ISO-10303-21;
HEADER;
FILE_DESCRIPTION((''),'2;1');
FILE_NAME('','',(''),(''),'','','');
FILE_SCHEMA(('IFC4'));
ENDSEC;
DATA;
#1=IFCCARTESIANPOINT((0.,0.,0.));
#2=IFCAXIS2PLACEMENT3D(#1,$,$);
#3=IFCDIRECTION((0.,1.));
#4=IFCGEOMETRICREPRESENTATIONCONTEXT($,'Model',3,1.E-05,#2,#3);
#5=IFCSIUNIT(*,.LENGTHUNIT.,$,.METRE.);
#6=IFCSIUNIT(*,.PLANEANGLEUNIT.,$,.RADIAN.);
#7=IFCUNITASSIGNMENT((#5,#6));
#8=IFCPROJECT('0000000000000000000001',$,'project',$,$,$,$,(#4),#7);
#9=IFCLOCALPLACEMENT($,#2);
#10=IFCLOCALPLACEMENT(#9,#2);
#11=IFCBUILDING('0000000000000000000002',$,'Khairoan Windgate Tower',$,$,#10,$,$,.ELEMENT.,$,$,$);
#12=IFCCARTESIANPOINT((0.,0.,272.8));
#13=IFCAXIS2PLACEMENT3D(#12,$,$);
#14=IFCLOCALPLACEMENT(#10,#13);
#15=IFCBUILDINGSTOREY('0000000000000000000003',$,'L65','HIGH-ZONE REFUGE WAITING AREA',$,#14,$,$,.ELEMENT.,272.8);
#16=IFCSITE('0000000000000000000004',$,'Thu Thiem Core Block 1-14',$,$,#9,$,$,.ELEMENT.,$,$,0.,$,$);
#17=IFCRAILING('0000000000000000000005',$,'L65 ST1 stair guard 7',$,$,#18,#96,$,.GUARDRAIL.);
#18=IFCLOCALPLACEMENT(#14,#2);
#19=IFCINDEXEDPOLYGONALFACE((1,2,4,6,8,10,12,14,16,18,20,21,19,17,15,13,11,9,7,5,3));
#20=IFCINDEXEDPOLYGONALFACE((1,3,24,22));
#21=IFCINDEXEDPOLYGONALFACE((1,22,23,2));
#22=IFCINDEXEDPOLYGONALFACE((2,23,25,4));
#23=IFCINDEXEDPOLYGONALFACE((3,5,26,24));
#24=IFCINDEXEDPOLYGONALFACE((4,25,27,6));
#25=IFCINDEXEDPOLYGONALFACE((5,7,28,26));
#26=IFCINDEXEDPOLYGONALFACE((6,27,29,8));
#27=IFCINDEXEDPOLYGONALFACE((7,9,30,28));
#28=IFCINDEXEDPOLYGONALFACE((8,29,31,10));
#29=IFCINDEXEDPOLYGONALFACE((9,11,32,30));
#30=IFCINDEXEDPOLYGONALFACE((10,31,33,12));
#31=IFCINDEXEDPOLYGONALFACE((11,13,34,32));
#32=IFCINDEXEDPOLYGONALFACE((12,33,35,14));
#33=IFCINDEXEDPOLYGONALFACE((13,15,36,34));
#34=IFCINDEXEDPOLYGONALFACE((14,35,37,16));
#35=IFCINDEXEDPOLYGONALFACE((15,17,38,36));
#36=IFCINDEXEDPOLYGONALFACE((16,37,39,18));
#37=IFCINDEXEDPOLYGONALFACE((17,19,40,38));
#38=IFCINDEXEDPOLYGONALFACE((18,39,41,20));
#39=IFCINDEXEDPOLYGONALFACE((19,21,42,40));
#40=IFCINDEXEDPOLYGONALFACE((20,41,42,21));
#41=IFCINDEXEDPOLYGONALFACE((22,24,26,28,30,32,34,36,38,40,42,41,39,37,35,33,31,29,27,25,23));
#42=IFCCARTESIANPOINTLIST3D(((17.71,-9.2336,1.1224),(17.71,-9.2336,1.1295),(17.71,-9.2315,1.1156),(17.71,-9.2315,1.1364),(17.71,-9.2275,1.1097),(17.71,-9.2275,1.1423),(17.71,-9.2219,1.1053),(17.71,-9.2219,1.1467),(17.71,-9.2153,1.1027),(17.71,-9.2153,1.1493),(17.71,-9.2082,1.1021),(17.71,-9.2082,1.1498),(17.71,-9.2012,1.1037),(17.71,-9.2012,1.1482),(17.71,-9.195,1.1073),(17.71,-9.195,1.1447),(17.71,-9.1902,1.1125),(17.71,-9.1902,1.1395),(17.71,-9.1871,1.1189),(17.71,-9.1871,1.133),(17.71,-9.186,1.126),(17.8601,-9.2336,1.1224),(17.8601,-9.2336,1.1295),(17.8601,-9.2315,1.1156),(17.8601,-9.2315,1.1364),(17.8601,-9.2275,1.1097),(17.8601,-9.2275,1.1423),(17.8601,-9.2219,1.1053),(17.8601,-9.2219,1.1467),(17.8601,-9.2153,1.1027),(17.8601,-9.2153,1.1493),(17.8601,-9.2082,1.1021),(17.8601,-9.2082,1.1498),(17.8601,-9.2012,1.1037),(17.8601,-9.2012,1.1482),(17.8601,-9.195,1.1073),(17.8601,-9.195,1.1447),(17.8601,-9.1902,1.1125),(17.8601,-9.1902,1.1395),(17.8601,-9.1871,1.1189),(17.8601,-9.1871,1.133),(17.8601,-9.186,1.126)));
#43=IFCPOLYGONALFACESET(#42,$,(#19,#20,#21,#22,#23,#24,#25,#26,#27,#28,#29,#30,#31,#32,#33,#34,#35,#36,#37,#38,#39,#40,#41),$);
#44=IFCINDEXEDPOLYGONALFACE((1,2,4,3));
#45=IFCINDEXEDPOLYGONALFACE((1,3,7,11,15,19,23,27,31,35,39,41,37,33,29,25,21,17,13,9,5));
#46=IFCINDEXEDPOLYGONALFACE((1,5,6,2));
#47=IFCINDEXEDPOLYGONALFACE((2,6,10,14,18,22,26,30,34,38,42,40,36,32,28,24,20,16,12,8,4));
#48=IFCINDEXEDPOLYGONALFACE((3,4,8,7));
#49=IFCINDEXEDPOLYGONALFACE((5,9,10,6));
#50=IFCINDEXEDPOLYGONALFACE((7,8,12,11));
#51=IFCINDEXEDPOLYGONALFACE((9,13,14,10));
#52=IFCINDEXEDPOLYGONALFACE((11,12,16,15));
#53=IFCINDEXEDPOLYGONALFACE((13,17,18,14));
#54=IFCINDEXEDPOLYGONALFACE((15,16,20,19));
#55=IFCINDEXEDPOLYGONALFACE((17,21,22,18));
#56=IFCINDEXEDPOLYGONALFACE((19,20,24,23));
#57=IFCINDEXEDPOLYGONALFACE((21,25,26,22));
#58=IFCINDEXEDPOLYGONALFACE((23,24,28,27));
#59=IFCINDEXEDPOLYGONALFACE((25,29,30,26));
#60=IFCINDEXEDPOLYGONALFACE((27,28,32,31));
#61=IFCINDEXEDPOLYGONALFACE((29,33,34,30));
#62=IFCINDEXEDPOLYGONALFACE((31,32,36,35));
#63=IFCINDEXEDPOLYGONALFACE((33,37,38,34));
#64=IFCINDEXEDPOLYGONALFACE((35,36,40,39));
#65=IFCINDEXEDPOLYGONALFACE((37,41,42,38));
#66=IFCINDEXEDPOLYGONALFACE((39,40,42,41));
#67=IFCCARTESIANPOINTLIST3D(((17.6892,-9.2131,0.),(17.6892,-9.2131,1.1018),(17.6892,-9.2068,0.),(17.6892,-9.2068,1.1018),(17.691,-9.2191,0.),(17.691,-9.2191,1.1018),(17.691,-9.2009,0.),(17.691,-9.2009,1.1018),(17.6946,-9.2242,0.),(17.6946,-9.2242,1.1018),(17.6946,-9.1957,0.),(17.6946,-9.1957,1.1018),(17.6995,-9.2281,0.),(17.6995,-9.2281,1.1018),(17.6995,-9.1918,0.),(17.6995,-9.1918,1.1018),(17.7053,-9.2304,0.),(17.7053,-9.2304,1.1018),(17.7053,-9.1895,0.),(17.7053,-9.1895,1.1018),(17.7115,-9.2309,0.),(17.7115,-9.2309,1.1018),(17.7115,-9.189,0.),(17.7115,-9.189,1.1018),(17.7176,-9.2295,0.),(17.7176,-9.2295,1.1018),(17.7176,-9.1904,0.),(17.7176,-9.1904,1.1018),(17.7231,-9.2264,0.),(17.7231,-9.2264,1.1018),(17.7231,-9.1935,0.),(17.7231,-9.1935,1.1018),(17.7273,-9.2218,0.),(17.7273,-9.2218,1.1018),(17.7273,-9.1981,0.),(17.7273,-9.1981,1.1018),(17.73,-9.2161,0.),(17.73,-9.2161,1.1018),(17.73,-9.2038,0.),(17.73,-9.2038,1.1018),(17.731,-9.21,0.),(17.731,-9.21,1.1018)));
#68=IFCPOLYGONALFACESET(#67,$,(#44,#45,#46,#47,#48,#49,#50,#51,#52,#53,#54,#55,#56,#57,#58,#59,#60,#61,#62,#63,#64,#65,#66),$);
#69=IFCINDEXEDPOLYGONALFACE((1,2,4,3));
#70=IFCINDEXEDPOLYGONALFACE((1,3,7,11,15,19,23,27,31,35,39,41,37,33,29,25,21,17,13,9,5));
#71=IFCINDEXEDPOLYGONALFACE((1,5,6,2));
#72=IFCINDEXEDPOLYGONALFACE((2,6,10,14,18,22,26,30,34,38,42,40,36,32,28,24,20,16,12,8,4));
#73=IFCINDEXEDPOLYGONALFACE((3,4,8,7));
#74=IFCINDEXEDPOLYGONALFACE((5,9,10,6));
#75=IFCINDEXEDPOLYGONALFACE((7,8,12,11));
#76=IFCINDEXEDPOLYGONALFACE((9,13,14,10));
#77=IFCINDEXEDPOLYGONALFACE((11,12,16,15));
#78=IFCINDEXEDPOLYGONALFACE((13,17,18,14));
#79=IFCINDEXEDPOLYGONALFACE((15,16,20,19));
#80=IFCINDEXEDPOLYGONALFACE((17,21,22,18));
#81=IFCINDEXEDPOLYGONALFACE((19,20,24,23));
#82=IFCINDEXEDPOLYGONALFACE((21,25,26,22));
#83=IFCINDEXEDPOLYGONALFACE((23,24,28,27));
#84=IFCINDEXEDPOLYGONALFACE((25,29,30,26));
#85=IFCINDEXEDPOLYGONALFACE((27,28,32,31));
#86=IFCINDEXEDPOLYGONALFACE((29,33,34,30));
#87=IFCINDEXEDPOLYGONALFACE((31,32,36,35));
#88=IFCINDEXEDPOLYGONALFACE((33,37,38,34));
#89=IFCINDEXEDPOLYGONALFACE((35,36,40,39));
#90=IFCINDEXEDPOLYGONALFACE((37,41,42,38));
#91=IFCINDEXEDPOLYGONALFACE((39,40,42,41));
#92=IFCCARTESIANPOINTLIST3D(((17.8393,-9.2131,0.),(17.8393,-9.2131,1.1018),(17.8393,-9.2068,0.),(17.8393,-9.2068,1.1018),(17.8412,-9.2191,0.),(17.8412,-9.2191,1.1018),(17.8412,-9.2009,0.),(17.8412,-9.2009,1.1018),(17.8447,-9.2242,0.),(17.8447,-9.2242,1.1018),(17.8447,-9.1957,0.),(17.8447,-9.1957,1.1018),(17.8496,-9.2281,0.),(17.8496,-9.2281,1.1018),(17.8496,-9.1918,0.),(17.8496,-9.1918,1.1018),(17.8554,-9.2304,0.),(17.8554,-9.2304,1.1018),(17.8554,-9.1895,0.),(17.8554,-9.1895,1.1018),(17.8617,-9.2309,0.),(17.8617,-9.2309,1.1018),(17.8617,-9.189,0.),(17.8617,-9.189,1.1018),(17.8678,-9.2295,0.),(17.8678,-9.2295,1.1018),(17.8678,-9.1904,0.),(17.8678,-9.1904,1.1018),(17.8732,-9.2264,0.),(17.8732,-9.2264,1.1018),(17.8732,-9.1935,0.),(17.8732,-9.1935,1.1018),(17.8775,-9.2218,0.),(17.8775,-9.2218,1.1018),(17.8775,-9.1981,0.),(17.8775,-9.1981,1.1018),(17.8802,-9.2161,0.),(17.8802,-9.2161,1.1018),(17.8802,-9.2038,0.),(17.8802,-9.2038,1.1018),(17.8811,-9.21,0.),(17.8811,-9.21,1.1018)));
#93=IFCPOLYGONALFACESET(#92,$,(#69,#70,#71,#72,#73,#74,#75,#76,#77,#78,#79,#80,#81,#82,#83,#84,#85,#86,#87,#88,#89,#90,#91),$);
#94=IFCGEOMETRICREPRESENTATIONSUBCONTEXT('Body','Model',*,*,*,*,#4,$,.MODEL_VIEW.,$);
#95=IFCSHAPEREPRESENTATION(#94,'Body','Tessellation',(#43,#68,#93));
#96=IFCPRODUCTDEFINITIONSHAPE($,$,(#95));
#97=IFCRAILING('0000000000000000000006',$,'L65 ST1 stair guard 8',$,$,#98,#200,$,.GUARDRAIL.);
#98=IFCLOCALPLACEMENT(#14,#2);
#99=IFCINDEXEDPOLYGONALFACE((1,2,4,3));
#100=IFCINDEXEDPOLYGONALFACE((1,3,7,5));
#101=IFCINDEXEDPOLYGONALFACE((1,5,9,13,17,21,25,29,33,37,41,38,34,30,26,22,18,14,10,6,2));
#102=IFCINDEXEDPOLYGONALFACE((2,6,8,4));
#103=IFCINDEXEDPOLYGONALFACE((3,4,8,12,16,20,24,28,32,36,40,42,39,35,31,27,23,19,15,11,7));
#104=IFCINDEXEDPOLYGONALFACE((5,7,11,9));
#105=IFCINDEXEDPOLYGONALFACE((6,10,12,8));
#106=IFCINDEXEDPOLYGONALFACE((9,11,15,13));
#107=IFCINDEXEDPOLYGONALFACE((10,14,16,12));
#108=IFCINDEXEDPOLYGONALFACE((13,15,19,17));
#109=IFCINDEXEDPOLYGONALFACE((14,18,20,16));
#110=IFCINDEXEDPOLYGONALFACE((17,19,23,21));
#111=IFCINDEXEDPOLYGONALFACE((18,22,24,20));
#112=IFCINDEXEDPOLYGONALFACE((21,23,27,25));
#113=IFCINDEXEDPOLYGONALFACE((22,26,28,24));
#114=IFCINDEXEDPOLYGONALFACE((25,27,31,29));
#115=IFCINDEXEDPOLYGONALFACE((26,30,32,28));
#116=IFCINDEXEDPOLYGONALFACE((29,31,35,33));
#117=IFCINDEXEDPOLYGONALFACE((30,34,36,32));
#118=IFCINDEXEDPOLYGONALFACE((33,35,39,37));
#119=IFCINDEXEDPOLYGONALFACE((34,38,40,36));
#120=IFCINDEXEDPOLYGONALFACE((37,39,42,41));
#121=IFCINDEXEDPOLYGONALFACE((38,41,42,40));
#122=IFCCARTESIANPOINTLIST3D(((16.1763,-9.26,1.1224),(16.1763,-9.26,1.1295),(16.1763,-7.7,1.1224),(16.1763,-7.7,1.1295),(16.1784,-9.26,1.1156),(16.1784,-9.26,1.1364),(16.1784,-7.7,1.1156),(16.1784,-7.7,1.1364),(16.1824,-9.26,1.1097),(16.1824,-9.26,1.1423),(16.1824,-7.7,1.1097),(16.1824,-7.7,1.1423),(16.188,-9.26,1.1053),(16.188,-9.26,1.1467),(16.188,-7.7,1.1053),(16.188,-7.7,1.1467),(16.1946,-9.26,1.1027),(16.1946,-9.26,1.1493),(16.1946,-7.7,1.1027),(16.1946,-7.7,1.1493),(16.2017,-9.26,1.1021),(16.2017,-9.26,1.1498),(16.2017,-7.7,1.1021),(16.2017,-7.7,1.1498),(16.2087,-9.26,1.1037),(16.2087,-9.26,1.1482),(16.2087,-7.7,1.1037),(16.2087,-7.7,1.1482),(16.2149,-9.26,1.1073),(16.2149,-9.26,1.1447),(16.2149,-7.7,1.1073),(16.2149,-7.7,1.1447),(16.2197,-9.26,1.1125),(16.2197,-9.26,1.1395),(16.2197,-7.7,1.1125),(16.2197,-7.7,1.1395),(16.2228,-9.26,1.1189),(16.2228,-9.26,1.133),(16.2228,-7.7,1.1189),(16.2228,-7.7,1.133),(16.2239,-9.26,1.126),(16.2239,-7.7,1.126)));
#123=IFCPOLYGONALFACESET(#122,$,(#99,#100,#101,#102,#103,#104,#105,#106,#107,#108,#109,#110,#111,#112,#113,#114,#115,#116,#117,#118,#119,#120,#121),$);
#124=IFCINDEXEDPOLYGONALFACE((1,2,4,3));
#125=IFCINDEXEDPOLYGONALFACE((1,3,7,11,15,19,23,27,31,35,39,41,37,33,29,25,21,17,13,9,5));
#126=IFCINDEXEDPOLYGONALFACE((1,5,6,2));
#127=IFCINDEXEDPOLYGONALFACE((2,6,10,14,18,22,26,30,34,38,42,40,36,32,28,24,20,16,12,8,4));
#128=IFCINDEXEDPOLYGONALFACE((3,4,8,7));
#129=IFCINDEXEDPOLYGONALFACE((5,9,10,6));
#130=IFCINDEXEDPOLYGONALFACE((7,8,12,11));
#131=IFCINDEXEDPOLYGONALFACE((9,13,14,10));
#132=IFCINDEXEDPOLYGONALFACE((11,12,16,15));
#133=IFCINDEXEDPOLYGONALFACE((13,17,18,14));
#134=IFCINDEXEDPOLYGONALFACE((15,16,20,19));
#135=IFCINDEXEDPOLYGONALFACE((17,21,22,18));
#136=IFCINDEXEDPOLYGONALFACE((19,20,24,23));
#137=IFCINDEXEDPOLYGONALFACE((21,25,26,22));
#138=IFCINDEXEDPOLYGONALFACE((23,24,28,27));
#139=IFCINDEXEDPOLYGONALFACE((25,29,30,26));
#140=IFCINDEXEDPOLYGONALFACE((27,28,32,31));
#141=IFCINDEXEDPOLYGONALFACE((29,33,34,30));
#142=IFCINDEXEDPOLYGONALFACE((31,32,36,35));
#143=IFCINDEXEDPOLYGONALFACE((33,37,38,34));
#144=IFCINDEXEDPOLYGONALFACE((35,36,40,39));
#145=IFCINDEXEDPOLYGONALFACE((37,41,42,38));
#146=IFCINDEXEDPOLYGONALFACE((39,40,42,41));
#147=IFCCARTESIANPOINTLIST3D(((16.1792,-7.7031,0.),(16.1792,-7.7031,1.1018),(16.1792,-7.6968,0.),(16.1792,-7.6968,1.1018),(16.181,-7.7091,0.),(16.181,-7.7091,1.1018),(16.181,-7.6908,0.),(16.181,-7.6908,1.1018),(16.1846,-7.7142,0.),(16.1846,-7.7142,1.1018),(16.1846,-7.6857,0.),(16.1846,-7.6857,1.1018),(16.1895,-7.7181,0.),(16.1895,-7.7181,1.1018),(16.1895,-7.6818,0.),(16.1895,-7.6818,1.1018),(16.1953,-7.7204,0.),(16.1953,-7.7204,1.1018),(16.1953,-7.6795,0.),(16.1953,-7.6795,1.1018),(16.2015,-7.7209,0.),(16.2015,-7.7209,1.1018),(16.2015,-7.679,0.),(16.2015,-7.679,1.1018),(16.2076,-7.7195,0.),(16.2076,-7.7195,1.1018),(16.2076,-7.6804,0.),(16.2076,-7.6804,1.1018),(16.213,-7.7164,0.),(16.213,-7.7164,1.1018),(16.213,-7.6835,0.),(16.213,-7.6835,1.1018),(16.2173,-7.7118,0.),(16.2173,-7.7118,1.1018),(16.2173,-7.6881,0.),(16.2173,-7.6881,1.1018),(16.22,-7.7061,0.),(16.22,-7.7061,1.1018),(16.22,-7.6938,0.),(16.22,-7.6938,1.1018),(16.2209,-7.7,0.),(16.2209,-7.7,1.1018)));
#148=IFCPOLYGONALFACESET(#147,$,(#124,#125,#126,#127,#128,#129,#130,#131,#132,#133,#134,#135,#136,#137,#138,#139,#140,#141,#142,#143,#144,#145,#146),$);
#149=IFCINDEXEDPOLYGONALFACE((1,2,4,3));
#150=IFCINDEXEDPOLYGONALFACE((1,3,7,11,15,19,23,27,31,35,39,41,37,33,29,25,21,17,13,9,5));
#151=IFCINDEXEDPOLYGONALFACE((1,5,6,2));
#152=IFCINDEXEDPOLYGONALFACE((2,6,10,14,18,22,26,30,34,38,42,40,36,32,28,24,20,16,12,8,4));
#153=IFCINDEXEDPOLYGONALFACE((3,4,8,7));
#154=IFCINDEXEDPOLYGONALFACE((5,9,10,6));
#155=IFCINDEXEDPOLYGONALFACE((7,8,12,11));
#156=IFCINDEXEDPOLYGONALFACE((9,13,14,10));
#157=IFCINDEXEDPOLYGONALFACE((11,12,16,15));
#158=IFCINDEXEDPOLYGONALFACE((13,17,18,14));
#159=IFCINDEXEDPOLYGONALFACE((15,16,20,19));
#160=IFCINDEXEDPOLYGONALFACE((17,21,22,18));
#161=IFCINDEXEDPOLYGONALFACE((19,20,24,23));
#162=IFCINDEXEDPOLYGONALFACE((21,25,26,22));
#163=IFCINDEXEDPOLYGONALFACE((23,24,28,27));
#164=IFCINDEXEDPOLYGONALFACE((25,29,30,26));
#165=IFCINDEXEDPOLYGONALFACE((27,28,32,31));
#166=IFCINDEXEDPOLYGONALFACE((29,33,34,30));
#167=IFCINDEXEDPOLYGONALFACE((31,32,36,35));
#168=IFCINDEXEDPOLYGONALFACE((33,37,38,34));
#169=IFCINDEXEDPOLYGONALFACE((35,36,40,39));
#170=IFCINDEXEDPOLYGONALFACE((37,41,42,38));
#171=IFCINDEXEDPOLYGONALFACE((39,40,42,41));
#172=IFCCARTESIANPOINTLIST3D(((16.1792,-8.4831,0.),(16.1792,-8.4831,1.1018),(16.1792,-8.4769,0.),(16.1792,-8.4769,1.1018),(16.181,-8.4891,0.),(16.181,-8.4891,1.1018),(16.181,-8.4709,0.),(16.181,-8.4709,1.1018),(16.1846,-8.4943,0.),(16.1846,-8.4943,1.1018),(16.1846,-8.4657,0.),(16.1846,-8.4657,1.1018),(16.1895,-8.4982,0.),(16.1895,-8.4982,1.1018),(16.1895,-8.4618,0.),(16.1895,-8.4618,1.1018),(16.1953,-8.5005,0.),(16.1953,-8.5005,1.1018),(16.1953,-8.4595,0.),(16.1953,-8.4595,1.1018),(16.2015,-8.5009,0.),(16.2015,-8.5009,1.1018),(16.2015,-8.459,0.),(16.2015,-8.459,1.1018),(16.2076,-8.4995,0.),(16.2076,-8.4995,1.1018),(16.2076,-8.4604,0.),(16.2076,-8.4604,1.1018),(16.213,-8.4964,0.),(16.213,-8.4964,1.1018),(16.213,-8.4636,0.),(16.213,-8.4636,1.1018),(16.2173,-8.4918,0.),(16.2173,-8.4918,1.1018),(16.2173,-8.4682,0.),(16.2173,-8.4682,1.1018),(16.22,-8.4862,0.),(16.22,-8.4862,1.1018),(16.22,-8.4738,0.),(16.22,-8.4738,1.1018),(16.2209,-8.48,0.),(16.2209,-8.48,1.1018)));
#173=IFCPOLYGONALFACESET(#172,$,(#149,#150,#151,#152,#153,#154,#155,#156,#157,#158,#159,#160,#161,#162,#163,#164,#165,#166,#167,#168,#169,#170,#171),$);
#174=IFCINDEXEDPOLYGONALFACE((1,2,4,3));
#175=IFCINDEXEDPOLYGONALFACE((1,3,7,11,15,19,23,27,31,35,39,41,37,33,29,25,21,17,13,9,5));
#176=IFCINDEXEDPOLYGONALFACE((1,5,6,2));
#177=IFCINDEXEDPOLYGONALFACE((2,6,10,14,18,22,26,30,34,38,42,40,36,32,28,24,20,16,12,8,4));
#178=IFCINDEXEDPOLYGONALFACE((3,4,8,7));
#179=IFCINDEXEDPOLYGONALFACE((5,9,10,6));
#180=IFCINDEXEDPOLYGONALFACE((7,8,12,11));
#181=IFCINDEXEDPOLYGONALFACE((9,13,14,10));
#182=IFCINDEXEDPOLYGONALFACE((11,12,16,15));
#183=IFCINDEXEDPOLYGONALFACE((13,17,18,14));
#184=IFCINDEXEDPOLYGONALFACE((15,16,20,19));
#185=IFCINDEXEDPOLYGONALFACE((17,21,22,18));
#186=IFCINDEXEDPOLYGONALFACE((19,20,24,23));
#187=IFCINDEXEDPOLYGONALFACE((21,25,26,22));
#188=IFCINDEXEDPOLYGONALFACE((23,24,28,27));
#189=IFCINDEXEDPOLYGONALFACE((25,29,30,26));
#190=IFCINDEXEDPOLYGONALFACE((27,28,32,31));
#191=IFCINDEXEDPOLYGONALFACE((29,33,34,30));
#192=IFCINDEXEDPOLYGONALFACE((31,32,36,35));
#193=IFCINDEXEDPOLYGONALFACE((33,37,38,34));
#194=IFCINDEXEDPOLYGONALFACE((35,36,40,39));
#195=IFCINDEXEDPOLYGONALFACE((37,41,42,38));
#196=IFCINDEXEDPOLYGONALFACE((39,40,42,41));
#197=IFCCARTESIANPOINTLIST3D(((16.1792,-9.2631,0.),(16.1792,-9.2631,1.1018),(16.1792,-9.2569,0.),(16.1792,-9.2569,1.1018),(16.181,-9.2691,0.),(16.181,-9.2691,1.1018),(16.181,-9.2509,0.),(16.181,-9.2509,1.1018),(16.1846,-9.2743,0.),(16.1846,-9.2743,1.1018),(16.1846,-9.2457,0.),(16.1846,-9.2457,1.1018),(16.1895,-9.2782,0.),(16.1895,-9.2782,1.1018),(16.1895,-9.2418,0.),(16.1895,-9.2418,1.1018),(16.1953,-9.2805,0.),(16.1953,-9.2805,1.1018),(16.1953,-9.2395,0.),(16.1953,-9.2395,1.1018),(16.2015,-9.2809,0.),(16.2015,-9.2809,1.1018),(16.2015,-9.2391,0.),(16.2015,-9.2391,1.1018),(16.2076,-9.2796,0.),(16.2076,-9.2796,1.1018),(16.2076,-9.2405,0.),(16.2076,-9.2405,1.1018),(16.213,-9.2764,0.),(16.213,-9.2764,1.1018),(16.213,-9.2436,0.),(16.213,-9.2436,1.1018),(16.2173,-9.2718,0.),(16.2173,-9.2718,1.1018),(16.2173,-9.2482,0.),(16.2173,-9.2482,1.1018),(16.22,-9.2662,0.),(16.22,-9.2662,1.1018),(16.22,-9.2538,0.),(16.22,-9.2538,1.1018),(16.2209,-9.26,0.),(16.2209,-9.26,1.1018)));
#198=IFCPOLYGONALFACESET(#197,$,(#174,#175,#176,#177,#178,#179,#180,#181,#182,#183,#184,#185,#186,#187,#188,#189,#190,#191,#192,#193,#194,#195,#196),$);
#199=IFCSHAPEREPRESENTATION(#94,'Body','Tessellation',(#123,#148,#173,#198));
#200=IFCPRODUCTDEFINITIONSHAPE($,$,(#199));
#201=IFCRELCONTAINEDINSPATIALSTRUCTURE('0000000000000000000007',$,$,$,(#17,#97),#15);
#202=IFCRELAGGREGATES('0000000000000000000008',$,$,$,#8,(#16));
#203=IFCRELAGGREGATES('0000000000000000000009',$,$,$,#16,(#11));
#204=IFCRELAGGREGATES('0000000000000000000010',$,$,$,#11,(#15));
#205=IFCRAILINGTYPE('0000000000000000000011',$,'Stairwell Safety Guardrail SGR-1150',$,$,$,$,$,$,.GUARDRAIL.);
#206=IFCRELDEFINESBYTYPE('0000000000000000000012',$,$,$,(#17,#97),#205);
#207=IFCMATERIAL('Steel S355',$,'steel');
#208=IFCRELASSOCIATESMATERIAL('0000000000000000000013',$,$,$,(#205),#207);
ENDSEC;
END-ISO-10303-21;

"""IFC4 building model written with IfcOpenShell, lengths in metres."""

from ifc_helpers import new_model, si_unit, direction, frame, origin, origin_2d, place, context, subcontext, project, spatial, circle, extrude, material, type_object, element, save


model = new_model("IFC4")

# Units and contexts
model_context = context("Model", 3, precision=1e-05, world=origin(), true_north=direction((0.0, 1.0)))
body_context = subcontext(model_context, "Body", "Model", "MODEL_VIEW")
ifc_project = project(units=[si_unit("LENGTHUNIT", "METRE"), si_unit("PLANEANGLEUNIT", "RADIAN")], contexts=[model_context])

# Site, building, storey
site_placement = place(None, origin())
site = spatial("IfcSite", under=ifc_project, at=site_placement, Name="Thu Thiem Core Block 1-14", CompositionType="ELEMENT", RefElevation=0.0)
building_placement = place(site_placement, origin())
building = spatial("IfcBuilding", under=site, at=building_placement, Name="Khairoan Windgate Tower", CompositionType="ELEMENT")
storey_placement = place(building_placement, frame((0.0, 0.0, 272.8)))
storey = spatial("IfcBuildingStorey", under=building, at=storey_placement, Name="L65", Description="HIGH-ZONE REFUGE WAITING AREA", CompositionType="ELEMENT", Elevation=272.8)

# Railings
ifc_material_1 = material(Name="Steel S355", Category="steel")
railing_type_1 = type_object("IfcRailingType", Name="Stairwell Safety Guardrail SGR-1150", PredefinedType="GUARDRAIL", material=ifc_material_1)
railing_1_placement = place(storey_placement, frame((17.71, -9.21, 0.0)))
element("IfcRailing", 1, at=railing_1_placement, inside=storey, type_object=railing_type_1, Name="L65 ST1 stair guard 7", PredefinedType="GUARDRAIL", context=body_context, shape_type="SweptSolid", body=[
    extrude(circle(Radius=0.0239, at=origin_2d()), frame((0.0, 0.0, 1.126), z_axis=(1.0, 0.0, 0.0), x_axis=(0.0, 1.0, 0.0)), (0.0, 0.0, 1.0), 0.1501),
    extrude(circle(Radius=0.021, at=origin_2d()), origin(), (0.0, 0.0, 1.0), 1.1018),
    extrude(circle(Radius=0.021, at=origin_2d()), frame((0.1501, 0.0, 0.0)), (0.0, 0.0, 1.0), 1.1018),
])
for number, where, name in (
    (2, (16.2, -7.7, 0.0), "L65 ST1 stair guard 8"),
):
    element("IfcRailing", number, at=place(storey_placement, frame(where)), inside=storey, type_object=railing_type_1, Name=name, PredefinedType="GUARDRAIL", context=body_context, shape_type="SweptSolid", body=[
        extrude(circle(Radius=0.0239, at=origin_2d()), frame((0.0, 0.0, 1.126), z_axis=(0.0, -1.0, 0.0), x_axis=(1.0, 0.0, 0.0)), (0.0, 0.0, 1.0), 1.5601),
        extrude(circle(Radius=0.021, at=origin_2d()), origin(), (0.0, 0.0, 1.0), 1.1018),
        extrude(circle(Radius=0.021, at=origin_2d()), frame((0.0, -0.78, 0.0)), (0.0, 0.0, 1.0), 1.1018),
        extrude(circle(Radius=0.021, at=origin_2d()), frame((0.0, -1.5601, 0.0)), (0.0, 0.0, 1.0), 1.1018),
    ])

save(model, "model.ifc")
